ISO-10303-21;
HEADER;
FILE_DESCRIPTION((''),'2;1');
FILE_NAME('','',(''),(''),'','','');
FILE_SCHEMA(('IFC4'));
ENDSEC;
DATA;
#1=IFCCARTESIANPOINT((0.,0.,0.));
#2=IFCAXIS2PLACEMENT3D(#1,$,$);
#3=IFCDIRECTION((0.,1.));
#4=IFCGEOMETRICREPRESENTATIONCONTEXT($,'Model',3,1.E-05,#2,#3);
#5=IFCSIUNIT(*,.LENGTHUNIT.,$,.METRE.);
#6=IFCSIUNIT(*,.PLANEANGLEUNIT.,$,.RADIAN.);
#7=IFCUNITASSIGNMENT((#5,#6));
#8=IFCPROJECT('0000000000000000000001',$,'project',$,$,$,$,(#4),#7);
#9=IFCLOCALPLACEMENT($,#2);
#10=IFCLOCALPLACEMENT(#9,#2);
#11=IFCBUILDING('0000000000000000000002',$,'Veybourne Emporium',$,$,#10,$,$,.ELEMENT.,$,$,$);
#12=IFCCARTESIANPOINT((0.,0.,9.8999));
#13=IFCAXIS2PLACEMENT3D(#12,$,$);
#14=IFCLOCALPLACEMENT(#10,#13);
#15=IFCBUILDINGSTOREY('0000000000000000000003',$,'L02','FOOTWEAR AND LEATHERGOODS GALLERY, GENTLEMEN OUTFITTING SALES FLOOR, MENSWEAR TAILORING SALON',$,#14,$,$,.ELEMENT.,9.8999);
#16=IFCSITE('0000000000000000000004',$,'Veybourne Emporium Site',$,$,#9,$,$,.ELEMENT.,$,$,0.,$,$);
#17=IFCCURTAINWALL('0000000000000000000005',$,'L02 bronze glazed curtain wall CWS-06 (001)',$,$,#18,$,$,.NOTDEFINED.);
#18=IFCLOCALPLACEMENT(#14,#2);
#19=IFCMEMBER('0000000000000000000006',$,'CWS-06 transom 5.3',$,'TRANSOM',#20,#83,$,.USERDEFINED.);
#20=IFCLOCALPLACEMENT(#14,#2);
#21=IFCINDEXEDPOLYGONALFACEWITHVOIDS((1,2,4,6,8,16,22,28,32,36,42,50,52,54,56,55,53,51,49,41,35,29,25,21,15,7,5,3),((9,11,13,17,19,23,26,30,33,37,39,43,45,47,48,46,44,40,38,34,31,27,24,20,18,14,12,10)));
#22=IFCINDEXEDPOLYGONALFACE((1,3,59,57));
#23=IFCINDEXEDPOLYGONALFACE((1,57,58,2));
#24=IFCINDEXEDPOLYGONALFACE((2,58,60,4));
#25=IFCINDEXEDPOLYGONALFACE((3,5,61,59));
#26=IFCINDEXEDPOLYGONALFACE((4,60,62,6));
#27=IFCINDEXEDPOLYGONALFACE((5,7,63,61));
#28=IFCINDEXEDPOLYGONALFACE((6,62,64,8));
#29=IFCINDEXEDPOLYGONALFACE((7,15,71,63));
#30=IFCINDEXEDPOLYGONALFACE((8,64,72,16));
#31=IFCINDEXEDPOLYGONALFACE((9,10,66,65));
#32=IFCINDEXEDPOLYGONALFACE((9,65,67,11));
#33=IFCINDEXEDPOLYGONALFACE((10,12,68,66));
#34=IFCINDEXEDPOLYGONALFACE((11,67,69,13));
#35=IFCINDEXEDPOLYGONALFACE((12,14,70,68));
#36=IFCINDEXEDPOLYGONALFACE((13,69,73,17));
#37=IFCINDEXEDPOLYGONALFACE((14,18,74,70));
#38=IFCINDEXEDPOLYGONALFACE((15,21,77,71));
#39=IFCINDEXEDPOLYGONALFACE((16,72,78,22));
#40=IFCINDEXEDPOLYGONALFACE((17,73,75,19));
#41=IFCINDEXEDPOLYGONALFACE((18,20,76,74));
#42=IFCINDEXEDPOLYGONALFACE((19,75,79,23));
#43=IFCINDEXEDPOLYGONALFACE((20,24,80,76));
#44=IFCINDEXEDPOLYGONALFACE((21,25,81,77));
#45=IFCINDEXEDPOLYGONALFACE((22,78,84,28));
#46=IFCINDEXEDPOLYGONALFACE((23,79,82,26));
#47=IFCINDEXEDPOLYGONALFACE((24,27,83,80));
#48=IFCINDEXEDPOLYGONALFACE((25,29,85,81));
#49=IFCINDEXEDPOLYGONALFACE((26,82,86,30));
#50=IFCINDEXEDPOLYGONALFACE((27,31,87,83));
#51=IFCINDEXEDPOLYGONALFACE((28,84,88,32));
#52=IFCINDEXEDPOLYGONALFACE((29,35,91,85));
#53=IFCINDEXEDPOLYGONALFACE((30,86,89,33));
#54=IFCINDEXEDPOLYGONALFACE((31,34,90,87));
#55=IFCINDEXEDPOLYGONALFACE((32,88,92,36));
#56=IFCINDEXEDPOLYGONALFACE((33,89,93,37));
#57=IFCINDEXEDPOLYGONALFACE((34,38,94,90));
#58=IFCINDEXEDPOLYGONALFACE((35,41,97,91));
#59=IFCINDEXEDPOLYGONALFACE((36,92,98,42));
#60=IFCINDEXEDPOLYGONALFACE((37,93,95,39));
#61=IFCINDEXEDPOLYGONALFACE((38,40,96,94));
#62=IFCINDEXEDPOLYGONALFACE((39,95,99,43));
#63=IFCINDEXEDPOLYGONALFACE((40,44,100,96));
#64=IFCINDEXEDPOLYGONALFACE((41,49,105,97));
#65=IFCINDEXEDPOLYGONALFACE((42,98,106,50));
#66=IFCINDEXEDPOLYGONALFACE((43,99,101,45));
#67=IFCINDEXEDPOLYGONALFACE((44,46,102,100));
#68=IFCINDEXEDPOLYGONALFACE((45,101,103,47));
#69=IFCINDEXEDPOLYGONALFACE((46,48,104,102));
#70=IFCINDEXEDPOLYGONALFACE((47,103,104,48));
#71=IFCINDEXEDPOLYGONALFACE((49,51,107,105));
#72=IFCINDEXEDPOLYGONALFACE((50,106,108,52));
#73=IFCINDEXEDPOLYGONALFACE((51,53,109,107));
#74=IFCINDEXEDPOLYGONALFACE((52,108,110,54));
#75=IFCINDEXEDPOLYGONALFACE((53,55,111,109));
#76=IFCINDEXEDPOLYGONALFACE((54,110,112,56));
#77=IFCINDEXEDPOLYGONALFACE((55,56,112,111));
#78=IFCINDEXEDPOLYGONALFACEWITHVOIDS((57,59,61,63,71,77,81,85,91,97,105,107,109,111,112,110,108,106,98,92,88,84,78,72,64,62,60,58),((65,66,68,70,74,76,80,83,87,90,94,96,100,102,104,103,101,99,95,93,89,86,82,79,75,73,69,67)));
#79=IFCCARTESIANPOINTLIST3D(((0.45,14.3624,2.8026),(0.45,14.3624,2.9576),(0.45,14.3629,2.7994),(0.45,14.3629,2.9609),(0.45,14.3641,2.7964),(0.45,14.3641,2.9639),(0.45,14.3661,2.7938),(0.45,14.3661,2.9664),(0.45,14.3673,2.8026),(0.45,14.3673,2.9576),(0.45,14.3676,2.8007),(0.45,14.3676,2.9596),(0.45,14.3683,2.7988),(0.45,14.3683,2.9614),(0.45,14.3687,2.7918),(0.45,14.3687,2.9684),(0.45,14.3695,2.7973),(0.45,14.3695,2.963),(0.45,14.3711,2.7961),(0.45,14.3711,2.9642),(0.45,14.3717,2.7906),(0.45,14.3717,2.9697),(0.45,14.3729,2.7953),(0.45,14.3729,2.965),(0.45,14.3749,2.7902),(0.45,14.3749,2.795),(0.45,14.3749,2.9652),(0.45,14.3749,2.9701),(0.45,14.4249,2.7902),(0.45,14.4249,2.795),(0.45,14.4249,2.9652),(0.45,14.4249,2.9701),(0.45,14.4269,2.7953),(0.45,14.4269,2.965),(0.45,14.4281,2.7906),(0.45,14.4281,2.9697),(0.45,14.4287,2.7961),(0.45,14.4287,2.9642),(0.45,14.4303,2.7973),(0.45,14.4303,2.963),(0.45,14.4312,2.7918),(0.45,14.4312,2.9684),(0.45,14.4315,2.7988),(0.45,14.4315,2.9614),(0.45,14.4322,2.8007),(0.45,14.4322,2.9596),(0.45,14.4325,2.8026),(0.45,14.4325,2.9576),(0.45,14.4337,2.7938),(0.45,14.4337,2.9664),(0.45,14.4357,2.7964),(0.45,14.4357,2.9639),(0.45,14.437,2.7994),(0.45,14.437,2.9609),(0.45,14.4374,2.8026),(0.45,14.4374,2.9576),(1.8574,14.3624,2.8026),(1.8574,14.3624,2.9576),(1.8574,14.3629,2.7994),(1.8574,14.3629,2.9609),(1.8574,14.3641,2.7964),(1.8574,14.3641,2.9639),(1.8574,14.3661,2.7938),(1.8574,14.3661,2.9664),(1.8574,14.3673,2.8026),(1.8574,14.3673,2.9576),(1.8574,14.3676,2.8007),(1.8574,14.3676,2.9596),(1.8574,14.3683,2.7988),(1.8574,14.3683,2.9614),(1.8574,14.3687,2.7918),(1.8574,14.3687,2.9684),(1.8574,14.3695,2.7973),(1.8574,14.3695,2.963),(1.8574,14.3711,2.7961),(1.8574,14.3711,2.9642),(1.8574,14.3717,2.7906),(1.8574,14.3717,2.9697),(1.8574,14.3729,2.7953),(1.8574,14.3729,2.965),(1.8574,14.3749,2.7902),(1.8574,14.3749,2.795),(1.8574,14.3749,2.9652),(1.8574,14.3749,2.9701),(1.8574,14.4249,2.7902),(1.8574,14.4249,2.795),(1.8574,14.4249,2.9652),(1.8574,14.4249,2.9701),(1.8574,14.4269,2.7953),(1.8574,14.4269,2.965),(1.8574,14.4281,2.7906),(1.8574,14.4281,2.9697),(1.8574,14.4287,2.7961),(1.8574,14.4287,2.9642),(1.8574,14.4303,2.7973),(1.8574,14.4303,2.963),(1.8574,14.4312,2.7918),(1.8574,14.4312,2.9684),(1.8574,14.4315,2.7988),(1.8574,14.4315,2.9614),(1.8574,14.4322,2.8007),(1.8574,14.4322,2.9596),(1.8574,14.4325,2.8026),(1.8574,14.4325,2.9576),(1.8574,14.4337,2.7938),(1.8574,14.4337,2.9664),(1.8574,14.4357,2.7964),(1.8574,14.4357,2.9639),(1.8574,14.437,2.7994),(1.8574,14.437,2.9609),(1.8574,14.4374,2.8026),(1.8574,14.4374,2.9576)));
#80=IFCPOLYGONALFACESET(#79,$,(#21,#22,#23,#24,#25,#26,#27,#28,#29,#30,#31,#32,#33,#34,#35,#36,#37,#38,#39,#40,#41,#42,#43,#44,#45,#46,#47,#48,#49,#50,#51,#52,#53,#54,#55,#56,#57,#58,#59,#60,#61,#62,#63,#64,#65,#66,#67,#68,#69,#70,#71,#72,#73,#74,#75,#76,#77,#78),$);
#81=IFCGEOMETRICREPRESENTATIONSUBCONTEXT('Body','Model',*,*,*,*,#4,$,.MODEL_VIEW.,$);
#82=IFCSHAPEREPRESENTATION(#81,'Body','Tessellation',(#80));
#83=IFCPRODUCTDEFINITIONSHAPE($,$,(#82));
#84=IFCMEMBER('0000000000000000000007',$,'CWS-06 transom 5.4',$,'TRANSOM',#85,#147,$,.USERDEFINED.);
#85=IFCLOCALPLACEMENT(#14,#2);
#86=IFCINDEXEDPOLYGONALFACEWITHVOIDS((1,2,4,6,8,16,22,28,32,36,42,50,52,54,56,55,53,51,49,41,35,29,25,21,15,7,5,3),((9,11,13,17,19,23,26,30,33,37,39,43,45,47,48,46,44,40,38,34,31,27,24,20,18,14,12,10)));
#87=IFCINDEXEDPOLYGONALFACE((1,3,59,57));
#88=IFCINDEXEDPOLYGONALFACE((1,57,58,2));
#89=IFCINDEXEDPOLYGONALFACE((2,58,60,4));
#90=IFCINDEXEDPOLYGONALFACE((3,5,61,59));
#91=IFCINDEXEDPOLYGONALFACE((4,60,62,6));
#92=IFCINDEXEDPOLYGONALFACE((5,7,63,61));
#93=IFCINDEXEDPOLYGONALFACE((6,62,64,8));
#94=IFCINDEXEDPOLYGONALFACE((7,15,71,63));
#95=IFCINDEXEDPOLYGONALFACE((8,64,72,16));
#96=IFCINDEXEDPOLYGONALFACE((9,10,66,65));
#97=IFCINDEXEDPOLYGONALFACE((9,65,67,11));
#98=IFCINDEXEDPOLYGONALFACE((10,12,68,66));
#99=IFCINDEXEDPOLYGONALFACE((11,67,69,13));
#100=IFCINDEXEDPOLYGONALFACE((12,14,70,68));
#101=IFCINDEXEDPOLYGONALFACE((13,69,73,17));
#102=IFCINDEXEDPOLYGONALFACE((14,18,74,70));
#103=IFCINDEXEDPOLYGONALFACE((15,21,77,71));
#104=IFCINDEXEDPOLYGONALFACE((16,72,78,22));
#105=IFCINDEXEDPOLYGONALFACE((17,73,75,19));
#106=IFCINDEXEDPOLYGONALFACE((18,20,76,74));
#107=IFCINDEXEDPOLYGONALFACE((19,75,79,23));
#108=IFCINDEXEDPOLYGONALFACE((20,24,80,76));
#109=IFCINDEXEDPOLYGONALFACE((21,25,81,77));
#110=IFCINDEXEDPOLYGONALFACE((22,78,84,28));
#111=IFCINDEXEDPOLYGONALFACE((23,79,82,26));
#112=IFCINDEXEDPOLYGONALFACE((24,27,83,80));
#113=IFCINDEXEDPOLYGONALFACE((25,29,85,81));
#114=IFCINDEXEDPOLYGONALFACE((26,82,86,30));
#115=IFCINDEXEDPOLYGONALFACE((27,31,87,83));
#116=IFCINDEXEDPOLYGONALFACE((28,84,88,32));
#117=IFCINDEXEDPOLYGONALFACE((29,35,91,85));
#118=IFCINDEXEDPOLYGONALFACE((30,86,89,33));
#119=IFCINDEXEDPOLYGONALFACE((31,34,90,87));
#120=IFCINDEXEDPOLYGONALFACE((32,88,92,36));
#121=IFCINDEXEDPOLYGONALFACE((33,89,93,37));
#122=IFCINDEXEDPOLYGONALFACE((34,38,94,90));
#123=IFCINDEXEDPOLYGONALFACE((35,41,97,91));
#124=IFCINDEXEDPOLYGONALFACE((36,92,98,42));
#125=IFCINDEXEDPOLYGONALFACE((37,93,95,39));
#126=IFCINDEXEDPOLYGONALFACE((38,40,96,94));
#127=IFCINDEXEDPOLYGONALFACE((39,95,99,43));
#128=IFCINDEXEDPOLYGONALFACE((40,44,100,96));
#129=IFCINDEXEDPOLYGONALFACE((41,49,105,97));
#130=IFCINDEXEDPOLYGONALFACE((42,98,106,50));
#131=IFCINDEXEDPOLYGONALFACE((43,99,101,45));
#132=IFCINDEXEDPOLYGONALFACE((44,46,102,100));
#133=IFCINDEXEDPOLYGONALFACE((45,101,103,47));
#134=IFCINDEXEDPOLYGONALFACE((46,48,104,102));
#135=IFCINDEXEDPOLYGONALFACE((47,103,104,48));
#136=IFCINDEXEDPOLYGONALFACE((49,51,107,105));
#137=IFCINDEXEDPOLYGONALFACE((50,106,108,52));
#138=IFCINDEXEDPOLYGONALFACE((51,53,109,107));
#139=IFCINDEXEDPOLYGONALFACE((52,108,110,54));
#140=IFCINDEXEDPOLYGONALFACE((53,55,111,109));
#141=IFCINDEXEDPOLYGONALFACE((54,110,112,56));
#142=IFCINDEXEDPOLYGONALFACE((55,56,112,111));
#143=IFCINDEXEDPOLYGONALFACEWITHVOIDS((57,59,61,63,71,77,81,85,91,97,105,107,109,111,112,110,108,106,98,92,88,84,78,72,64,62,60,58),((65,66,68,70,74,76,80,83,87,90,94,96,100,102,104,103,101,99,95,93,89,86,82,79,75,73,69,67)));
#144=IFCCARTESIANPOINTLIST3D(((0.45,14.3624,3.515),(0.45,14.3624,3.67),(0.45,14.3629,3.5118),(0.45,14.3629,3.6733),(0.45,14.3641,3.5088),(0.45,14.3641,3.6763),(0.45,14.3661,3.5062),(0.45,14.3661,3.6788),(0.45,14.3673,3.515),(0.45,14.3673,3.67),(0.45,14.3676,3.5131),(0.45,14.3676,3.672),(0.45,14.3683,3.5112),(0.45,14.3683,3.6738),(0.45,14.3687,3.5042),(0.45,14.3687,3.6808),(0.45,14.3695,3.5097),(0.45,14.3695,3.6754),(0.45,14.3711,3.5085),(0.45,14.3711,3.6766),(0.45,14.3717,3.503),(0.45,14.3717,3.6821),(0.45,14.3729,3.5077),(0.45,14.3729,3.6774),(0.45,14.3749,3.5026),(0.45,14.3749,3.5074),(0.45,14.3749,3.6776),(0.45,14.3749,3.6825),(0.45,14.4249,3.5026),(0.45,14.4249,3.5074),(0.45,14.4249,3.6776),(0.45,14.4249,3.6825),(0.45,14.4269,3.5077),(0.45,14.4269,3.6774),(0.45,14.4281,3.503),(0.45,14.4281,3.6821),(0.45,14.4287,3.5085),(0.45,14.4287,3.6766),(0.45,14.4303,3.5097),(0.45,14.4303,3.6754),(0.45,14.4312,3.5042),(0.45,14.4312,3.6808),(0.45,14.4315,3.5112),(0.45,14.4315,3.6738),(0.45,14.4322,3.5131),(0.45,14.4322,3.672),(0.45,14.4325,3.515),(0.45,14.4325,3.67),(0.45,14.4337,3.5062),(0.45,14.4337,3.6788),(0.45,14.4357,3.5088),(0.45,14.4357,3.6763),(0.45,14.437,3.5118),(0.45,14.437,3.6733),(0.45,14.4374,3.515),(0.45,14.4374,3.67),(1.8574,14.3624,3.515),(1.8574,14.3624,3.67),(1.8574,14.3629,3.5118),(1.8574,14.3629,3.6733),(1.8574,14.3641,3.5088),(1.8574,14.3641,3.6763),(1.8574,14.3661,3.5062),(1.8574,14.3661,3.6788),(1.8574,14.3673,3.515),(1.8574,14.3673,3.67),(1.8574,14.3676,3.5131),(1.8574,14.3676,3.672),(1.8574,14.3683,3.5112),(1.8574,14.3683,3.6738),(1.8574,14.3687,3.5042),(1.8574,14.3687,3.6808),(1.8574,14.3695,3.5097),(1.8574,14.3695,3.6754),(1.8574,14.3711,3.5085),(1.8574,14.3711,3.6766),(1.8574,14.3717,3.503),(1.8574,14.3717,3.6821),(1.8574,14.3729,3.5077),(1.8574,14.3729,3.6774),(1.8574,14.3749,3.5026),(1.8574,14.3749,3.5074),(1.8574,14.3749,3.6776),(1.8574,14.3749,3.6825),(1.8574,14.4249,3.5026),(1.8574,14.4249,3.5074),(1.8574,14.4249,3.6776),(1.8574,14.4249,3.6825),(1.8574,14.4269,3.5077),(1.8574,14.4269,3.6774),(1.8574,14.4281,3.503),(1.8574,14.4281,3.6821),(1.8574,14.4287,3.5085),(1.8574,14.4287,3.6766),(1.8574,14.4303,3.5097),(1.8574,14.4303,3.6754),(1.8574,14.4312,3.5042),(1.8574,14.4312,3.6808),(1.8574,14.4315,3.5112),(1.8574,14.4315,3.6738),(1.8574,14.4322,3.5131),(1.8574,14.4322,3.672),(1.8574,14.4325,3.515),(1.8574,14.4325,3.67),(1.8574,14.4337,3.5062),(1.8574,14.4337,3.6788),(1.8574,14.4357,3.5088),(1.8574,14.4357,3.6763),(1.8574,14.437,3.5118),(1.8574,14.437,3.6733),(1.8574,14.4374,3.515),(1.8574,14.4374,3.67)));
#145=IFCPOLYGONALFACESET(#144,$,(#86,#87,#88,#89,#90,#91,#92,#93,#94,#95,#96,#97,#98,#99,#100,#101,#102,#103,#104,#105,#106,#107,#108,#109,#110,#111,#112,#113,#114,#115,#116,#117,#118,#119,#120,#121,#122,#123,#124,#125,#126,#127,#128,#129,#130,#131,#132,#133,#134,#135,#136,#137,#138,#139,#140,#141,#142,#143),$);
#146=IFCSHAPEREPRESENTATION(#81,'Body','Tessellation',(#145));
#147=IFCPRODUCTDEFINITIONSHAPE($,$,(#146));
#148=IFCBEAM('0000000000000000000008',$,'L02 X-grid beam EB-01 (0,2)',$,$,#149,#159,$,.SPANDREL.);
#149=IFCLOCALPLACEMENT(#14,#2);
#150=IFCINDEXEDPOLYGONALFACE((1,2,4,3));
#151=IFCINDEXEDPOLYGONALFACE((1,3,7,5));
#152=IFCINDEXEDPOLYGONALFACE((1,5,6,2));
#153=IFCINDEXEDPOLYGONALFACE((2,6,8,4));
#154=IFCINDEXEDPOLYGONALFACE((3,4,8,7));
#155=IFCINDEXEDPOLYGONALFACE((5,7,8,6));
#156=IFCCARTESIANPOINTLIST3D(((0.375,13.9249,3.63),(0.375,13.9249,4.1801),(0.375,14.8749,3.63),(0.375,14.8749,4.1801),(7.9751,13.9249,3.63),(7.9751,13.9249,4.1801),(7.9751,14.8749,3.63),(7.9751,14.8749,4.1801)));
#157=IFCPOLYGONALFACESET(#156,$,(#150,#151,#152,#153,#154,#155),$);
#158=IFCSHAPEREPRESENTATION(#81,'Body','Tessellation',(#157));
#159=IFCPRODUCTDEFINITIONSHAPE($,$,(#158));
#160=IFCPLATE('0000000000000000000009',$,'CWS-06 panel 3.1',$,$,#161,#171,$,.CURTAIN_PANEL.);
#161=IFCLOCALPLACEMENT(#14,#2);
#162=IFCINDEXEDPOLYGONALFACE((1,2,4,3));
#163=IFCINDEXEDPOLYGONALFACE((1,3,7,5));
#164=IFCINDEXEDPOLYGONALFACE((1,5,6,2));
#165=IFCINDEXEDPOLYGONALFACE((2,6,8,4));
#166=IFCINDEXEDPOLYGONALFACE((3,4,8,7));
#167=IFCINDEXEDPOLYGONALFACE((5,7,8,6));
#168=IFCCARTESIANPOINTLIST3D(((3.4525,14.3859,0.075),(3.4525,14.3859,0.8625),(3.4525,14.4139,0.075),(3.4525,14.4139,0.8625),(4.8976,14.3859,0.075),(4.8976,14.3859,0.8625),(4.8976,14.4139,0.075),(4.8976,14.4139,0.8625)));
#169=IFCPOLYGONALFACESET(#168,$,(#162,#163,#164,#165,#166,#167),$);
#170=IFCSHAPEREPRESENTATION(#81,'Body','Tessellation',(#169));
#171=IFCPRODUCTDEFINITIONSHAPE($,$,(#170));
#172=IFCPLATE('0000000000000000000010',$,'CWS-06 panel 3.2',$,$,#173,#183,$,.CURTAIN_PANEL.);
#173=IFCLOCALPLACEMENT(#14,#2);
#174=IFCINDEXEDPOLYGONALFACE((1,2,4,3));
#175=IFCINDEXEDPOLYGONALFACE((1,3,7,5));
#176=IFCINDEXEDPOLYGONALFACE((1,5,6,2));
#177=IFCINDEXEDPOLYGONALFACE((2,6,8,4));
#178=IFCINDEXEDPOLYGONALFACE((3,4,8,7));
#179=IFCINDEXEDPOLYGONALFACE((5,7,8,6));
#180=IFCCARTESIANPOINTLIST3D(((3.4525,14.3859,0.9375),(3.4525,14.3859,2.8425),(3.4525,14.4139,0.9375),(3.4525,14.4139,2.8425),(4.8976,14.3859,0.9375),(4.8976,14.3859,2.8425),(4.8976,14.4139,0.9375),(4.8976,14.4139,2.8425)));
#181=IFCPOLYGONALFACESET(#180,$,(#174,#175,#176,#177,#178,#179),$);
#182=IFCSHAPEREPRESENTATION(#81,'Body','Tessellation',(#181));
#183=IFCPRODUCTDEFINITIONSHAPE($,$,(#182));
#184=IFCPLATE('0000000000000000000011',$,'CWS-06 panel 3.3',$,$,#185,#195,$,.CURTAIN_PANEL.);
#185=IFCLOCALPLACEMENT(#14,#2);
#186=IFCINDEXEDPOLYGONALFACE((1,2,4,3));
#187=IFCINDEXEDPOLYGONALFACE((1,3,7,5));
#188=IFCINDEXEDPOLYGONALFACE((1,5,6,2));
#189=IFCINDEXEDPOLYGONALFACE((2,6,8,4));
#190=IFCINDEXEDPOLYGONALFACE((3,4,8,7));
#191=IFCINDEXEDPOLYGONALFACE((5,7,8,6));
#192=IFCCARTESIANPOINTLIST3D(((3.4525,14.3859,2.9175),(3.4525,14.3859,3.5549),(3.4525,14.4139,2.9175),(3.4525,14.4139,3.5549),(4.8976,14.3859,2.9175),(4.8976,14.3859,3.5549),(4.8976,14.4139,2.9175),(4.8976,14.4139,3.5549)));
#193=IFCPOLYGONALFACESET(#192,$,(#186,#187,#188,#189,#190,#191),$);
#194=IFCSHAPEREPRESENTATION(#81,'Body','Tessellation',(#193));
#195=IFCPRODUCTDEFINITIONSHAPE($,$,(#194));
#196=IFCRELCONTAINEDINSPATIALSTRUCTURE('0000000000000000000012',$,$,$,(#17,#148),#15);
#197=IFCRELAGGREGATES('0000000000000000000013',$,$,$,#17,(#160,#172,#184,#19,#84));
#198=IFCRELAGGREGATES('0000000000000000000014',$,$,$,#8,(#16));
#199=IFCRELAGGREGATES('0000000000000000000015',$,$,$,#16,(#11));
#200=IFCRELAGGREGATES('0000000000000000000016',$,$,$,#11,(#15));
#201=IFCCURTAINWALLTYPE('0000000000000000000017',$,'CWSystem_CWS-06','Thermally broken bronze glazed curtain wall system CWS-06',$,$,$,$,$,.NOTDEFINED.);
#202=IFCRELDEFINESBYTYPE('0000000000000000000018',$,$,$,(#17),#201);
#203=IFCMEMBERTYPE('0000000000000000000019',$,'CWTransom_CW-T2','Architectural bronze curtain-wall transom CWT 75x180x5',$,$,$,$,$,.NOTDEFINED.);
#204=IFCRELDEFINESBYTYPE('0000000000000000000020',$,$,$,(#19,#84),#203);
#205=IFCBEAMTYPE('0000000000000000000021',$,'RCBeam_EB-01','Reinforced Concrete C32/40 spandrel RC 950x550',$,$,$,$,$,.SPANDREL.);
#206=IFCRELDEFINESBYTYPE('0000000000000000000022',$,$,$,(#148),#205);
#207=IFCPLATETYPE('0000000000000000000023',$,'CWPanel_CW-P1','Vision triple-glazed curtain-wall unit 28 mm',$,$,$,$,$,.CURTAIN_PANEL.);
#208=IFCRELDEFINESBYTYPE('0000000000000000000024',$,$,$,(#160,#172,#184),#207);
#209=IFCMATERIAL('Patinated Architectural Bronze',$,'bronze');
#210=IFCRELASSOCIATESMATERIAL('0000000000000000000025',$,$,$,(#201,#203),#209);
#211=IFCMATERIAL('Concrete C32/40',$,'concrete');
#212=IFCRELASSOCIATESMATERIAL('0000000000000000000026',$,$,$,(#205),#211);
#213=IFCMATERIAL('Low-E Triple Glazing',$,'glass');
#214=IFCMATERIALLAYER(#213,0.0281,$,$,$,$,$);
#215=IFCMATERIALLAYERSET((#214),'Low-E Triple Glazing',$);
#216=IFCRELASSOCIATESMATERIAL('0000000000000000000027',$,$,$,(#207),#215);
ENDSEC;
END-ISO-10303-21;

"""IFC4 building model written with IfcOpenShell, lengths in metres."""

from ifc_helpers import new_model, si_unit, direction, frame, origin, origin_2d, place, context, subcontext, project, spatial, rectangle, hollow_rectangle, extrude, material, layer, layer_set, material_profile, profile_set, type_object, element, aggregate, save


model = new_model("IFC4")

# Units and contexts
model_context = context("Model", 3, precision=1e-05, world=origin(), true_north=direction((0.0, 1.0)))
body_context = subcontext(model_context, "Body", "Model", "MODEL_VIEW")
ifc_project = project(units=[si_unit("LENGTHUNIT", "METRE"), si_unit("PLANEANGLEUNIT", "RADIAN")], contexts=[model_context])

# Site, building, storey
site_placement = place(None, origin())
site = spatial("IfcSite", under=ifc_project, at=site_placement, Name="Veybourne Emporium Site", CompositionType="ELEMENT", RefElevation=0.0)
building_placement = place(site_placement, origin())
building = spatial("IfcBuilding", under=site, at=building_placement, Name="Veybourne Emporium", CompositionType="ELEMENT")
storey_placement = place(building_placement, frame((0.0, 0.0, 9.8999)))
storey = spatial("IfcBuildingStorey", under=building, at=storey_placement, Name="L02", Description="FOOTWEAR AND LEATHERGOODS GALLERY, GENTLEMEN OUTFITTING SALES FLOOR, MENSWEAR TAILORING SALON", CompositionType="ELEMENT", Elevation=9.8999)

# Curtain wall, members
ifc_material_1 = material(Name="Patinated Architectural Bronze", Category="bronze")
curtain_wall_type = type_object("IfcCurtainWallType", Name="CWSystem_CWS-06", Description="Thermally broken bronze glazed curtain wall system CWS-06", PredefinedType="NOTDEFINED", material=ifc_material_1)
curtain_wall_placement = place(storey_placement, origin())
curtain_wall = element("IfcCurtainWall", 1, at=curtain_wall_placement, inside=storey, type_object=curtain_wall_type, Name="L02 bronze glazed curtain wall CWS-06 (001)", PredefinedType="NOTDEFINED")
ifc_material_profile_1 = material_profile(ifc_material_1, hollow_rectangle(XDim=0.075, YDim=0.1799, WallThickness=0.0049, InnerFilletRadius=0.0076, OuterFilletRadius=0.0125, at=origin_2d()), Name="CWT 75x180x5")
ifc_profile_set_1 = profile_set([ifc_material_profile_1], Name="Patinated Architectural Bronze")
member_type_1 = type_object("IfcMemberType", Name="CWTransom_CW-T2", Description="Architectural bronze curtain-wall transom CWT 75x180x5", PredefinedType="NOTDEFINED", material=ifc_profile_set_1)
member_1_placement = place(storey_placement, frame((1.8574, 14.3999, 2.8801), z_axis=(-1.0, 0.0, 0.0), x_axis=(0.0, -1.0, 0.0)))
member_1 = element("IfcMember", 2, at=member_1_placement, type_object=member_type_1, Name="CWS-06 transom 5.3", ObjectType="TRANSOM", PredefinedType="USERDEFINED", context=body_context, shape_type="SweptSolid", body=[
    extrude(hollow_rectangle(XDim=0.075, YDim=0.1799, WallThickness=0.0049, InnerFilletRadius=0.0076, OuterFilletRadius=0.0125, at=origin_2d()), origin(), (0.0, 0.0, 1.0), 1.4075),
])
member_2_placement = place(storey_placement, frame((1.8574, 14.3999, 3.5925), z_axis=(-1.0, 0.0, 0.0), x_axis=(0.0, -1.0, 0.0)))
member_2 = element("IfcMember", 3, at=member_2_placement, type_object=member_type_1, Name="CWS-06 transom 5.4", ObjectType="TRANSOM", PredefinedType="USERDEFINED", context=body_context, shape_type="SweptSolid", body=[
    extrude(hollow_rectangle(XDim=0.075, YDim=0.1799, WallThickness=0.0049, InnerFilletRadius=0.0076, OuterFilletRadius=0.0125, at=origin_2d()), origin(), (0.0, 0.0, 1.0), 1.4075),
])

# Beam
ifc_material_2 = material(Name="Concrete C32/40", Category="concrete")
ifc_material_profile_2 = material_profile(ifc_material_2, rectangle(XDim=0.95, YDim=0.55, at=origin_2d()), Name="RC 950x550")
ifc_profile_set_2 = profile_set([ifc_material_profile_2], Name="Concrete C32/40")
beam_type = type_object("IfcBeamType", Name="RCBeam_EB-01", Description="Reinforced Concrete C32/40 spandrel RC 950x550", PredefinedType="SPANDREL", material=ifc_profile_set_2)
beam_placement = place(storey_placement, frame((0.375, 14.3999, 3.905), z_axis=(1.0, 0.0, 0.0), x_axis=(0.0, 1.0, 0.0)))
element("IfcBeam", 4, at=beam_placement, inside=storey, type_object=beam_type, Name="L02 X-grid beam EB-01 (0,2)", PredefinedType="SPANDREL", context=body_context, shape_type="SweptSolid", body=[
    extrude(rectangle(XDim=0.95, YDim=0.55, at=origin_2d()), origin(), (0.0, 0.0, 1.0), 7.6001),
])

# Plates
ifc_material_3 = material(Name="Low-E Triple Glazing", Category="glass")
ifc_layer_1 = layer(ifc_material_3, 0.0281)
ifc_layer_set_1 = layer_set([ifc_layer_1], Name="Low-E Triple Glazing")
plate_type = type_object("IfcPlateType", Name="CWPanel_CW-P1", Description="Vision triple-glazed curtain-wall unit 28 mm", PredefinedType="CURTAIN_PANEL", material=ifc_layer_set_1)
plate_1_placement = place(storey_placement, frame((4.175, 14.3999, 0.075), z_axis=(0.0, 0.0, 1.0), x_axis=(-1.0, 0.0, 0.0)))
plate_1 = element("IfcPlate", 5, at=plate_1_placement, type_object=plate_type, Name="CWS-06 panel 3.1", PredefinedType="CURTAIN_PANEL", context=body_context, shape_type="SweptSolid", body=[
    extrude(rectangle(XDim=1.4451, YDim=0.0281, at=origin_2d()), origin(), (0.0, 0.0, 1.0), 0.7876),
])
plate_2_placement = place(storey_placement, frame((4.175, 14.3999, 0.9375), z_axis=(0.0, 0.0, 1.0), x_axis=(-1.0, 0.0, 0.0)))
plate_2 = element("IfcPlate", 6, at=plate_2_placement, type_object=plate_type, Name="CWS-06 panel 3.2", PredefinedType="CURTAIN_PANEL", context=body_context, shape_type="SweptSolid", body=[
    extrude(rectangle(XDim=1.4451, YDim=0.0281, at=origin_2d()), origin(), (0.0, 0.0, 1.0), 1.905),
])
plate_3_placement = place(storey_placement, frame((4.175, 14.3999, 2.9175), z_axis=(0.0, 0.0, 1.0), x_axis=(-1.0, 0.0, 0.0)))
plate_3 = element("IfcPlate", 7, at=plate_3_placement, type_object=plate_type, Name="CWS-06 panel 3.3", PredefinedType="CURTAIN_PANEL", context=body_context, shape_type="SweptSolid", body=[
    extrude(rectangle(XDim=1.4451, YDim=0.0281, at=origin_2d()), origin(), (0.0, 0.0, 1.0), 0.6375),
])
aggregate(curtain_wall, [plate_1, plate_2, plate_3, member_1, member_2])

save(model, "model.ifc")
